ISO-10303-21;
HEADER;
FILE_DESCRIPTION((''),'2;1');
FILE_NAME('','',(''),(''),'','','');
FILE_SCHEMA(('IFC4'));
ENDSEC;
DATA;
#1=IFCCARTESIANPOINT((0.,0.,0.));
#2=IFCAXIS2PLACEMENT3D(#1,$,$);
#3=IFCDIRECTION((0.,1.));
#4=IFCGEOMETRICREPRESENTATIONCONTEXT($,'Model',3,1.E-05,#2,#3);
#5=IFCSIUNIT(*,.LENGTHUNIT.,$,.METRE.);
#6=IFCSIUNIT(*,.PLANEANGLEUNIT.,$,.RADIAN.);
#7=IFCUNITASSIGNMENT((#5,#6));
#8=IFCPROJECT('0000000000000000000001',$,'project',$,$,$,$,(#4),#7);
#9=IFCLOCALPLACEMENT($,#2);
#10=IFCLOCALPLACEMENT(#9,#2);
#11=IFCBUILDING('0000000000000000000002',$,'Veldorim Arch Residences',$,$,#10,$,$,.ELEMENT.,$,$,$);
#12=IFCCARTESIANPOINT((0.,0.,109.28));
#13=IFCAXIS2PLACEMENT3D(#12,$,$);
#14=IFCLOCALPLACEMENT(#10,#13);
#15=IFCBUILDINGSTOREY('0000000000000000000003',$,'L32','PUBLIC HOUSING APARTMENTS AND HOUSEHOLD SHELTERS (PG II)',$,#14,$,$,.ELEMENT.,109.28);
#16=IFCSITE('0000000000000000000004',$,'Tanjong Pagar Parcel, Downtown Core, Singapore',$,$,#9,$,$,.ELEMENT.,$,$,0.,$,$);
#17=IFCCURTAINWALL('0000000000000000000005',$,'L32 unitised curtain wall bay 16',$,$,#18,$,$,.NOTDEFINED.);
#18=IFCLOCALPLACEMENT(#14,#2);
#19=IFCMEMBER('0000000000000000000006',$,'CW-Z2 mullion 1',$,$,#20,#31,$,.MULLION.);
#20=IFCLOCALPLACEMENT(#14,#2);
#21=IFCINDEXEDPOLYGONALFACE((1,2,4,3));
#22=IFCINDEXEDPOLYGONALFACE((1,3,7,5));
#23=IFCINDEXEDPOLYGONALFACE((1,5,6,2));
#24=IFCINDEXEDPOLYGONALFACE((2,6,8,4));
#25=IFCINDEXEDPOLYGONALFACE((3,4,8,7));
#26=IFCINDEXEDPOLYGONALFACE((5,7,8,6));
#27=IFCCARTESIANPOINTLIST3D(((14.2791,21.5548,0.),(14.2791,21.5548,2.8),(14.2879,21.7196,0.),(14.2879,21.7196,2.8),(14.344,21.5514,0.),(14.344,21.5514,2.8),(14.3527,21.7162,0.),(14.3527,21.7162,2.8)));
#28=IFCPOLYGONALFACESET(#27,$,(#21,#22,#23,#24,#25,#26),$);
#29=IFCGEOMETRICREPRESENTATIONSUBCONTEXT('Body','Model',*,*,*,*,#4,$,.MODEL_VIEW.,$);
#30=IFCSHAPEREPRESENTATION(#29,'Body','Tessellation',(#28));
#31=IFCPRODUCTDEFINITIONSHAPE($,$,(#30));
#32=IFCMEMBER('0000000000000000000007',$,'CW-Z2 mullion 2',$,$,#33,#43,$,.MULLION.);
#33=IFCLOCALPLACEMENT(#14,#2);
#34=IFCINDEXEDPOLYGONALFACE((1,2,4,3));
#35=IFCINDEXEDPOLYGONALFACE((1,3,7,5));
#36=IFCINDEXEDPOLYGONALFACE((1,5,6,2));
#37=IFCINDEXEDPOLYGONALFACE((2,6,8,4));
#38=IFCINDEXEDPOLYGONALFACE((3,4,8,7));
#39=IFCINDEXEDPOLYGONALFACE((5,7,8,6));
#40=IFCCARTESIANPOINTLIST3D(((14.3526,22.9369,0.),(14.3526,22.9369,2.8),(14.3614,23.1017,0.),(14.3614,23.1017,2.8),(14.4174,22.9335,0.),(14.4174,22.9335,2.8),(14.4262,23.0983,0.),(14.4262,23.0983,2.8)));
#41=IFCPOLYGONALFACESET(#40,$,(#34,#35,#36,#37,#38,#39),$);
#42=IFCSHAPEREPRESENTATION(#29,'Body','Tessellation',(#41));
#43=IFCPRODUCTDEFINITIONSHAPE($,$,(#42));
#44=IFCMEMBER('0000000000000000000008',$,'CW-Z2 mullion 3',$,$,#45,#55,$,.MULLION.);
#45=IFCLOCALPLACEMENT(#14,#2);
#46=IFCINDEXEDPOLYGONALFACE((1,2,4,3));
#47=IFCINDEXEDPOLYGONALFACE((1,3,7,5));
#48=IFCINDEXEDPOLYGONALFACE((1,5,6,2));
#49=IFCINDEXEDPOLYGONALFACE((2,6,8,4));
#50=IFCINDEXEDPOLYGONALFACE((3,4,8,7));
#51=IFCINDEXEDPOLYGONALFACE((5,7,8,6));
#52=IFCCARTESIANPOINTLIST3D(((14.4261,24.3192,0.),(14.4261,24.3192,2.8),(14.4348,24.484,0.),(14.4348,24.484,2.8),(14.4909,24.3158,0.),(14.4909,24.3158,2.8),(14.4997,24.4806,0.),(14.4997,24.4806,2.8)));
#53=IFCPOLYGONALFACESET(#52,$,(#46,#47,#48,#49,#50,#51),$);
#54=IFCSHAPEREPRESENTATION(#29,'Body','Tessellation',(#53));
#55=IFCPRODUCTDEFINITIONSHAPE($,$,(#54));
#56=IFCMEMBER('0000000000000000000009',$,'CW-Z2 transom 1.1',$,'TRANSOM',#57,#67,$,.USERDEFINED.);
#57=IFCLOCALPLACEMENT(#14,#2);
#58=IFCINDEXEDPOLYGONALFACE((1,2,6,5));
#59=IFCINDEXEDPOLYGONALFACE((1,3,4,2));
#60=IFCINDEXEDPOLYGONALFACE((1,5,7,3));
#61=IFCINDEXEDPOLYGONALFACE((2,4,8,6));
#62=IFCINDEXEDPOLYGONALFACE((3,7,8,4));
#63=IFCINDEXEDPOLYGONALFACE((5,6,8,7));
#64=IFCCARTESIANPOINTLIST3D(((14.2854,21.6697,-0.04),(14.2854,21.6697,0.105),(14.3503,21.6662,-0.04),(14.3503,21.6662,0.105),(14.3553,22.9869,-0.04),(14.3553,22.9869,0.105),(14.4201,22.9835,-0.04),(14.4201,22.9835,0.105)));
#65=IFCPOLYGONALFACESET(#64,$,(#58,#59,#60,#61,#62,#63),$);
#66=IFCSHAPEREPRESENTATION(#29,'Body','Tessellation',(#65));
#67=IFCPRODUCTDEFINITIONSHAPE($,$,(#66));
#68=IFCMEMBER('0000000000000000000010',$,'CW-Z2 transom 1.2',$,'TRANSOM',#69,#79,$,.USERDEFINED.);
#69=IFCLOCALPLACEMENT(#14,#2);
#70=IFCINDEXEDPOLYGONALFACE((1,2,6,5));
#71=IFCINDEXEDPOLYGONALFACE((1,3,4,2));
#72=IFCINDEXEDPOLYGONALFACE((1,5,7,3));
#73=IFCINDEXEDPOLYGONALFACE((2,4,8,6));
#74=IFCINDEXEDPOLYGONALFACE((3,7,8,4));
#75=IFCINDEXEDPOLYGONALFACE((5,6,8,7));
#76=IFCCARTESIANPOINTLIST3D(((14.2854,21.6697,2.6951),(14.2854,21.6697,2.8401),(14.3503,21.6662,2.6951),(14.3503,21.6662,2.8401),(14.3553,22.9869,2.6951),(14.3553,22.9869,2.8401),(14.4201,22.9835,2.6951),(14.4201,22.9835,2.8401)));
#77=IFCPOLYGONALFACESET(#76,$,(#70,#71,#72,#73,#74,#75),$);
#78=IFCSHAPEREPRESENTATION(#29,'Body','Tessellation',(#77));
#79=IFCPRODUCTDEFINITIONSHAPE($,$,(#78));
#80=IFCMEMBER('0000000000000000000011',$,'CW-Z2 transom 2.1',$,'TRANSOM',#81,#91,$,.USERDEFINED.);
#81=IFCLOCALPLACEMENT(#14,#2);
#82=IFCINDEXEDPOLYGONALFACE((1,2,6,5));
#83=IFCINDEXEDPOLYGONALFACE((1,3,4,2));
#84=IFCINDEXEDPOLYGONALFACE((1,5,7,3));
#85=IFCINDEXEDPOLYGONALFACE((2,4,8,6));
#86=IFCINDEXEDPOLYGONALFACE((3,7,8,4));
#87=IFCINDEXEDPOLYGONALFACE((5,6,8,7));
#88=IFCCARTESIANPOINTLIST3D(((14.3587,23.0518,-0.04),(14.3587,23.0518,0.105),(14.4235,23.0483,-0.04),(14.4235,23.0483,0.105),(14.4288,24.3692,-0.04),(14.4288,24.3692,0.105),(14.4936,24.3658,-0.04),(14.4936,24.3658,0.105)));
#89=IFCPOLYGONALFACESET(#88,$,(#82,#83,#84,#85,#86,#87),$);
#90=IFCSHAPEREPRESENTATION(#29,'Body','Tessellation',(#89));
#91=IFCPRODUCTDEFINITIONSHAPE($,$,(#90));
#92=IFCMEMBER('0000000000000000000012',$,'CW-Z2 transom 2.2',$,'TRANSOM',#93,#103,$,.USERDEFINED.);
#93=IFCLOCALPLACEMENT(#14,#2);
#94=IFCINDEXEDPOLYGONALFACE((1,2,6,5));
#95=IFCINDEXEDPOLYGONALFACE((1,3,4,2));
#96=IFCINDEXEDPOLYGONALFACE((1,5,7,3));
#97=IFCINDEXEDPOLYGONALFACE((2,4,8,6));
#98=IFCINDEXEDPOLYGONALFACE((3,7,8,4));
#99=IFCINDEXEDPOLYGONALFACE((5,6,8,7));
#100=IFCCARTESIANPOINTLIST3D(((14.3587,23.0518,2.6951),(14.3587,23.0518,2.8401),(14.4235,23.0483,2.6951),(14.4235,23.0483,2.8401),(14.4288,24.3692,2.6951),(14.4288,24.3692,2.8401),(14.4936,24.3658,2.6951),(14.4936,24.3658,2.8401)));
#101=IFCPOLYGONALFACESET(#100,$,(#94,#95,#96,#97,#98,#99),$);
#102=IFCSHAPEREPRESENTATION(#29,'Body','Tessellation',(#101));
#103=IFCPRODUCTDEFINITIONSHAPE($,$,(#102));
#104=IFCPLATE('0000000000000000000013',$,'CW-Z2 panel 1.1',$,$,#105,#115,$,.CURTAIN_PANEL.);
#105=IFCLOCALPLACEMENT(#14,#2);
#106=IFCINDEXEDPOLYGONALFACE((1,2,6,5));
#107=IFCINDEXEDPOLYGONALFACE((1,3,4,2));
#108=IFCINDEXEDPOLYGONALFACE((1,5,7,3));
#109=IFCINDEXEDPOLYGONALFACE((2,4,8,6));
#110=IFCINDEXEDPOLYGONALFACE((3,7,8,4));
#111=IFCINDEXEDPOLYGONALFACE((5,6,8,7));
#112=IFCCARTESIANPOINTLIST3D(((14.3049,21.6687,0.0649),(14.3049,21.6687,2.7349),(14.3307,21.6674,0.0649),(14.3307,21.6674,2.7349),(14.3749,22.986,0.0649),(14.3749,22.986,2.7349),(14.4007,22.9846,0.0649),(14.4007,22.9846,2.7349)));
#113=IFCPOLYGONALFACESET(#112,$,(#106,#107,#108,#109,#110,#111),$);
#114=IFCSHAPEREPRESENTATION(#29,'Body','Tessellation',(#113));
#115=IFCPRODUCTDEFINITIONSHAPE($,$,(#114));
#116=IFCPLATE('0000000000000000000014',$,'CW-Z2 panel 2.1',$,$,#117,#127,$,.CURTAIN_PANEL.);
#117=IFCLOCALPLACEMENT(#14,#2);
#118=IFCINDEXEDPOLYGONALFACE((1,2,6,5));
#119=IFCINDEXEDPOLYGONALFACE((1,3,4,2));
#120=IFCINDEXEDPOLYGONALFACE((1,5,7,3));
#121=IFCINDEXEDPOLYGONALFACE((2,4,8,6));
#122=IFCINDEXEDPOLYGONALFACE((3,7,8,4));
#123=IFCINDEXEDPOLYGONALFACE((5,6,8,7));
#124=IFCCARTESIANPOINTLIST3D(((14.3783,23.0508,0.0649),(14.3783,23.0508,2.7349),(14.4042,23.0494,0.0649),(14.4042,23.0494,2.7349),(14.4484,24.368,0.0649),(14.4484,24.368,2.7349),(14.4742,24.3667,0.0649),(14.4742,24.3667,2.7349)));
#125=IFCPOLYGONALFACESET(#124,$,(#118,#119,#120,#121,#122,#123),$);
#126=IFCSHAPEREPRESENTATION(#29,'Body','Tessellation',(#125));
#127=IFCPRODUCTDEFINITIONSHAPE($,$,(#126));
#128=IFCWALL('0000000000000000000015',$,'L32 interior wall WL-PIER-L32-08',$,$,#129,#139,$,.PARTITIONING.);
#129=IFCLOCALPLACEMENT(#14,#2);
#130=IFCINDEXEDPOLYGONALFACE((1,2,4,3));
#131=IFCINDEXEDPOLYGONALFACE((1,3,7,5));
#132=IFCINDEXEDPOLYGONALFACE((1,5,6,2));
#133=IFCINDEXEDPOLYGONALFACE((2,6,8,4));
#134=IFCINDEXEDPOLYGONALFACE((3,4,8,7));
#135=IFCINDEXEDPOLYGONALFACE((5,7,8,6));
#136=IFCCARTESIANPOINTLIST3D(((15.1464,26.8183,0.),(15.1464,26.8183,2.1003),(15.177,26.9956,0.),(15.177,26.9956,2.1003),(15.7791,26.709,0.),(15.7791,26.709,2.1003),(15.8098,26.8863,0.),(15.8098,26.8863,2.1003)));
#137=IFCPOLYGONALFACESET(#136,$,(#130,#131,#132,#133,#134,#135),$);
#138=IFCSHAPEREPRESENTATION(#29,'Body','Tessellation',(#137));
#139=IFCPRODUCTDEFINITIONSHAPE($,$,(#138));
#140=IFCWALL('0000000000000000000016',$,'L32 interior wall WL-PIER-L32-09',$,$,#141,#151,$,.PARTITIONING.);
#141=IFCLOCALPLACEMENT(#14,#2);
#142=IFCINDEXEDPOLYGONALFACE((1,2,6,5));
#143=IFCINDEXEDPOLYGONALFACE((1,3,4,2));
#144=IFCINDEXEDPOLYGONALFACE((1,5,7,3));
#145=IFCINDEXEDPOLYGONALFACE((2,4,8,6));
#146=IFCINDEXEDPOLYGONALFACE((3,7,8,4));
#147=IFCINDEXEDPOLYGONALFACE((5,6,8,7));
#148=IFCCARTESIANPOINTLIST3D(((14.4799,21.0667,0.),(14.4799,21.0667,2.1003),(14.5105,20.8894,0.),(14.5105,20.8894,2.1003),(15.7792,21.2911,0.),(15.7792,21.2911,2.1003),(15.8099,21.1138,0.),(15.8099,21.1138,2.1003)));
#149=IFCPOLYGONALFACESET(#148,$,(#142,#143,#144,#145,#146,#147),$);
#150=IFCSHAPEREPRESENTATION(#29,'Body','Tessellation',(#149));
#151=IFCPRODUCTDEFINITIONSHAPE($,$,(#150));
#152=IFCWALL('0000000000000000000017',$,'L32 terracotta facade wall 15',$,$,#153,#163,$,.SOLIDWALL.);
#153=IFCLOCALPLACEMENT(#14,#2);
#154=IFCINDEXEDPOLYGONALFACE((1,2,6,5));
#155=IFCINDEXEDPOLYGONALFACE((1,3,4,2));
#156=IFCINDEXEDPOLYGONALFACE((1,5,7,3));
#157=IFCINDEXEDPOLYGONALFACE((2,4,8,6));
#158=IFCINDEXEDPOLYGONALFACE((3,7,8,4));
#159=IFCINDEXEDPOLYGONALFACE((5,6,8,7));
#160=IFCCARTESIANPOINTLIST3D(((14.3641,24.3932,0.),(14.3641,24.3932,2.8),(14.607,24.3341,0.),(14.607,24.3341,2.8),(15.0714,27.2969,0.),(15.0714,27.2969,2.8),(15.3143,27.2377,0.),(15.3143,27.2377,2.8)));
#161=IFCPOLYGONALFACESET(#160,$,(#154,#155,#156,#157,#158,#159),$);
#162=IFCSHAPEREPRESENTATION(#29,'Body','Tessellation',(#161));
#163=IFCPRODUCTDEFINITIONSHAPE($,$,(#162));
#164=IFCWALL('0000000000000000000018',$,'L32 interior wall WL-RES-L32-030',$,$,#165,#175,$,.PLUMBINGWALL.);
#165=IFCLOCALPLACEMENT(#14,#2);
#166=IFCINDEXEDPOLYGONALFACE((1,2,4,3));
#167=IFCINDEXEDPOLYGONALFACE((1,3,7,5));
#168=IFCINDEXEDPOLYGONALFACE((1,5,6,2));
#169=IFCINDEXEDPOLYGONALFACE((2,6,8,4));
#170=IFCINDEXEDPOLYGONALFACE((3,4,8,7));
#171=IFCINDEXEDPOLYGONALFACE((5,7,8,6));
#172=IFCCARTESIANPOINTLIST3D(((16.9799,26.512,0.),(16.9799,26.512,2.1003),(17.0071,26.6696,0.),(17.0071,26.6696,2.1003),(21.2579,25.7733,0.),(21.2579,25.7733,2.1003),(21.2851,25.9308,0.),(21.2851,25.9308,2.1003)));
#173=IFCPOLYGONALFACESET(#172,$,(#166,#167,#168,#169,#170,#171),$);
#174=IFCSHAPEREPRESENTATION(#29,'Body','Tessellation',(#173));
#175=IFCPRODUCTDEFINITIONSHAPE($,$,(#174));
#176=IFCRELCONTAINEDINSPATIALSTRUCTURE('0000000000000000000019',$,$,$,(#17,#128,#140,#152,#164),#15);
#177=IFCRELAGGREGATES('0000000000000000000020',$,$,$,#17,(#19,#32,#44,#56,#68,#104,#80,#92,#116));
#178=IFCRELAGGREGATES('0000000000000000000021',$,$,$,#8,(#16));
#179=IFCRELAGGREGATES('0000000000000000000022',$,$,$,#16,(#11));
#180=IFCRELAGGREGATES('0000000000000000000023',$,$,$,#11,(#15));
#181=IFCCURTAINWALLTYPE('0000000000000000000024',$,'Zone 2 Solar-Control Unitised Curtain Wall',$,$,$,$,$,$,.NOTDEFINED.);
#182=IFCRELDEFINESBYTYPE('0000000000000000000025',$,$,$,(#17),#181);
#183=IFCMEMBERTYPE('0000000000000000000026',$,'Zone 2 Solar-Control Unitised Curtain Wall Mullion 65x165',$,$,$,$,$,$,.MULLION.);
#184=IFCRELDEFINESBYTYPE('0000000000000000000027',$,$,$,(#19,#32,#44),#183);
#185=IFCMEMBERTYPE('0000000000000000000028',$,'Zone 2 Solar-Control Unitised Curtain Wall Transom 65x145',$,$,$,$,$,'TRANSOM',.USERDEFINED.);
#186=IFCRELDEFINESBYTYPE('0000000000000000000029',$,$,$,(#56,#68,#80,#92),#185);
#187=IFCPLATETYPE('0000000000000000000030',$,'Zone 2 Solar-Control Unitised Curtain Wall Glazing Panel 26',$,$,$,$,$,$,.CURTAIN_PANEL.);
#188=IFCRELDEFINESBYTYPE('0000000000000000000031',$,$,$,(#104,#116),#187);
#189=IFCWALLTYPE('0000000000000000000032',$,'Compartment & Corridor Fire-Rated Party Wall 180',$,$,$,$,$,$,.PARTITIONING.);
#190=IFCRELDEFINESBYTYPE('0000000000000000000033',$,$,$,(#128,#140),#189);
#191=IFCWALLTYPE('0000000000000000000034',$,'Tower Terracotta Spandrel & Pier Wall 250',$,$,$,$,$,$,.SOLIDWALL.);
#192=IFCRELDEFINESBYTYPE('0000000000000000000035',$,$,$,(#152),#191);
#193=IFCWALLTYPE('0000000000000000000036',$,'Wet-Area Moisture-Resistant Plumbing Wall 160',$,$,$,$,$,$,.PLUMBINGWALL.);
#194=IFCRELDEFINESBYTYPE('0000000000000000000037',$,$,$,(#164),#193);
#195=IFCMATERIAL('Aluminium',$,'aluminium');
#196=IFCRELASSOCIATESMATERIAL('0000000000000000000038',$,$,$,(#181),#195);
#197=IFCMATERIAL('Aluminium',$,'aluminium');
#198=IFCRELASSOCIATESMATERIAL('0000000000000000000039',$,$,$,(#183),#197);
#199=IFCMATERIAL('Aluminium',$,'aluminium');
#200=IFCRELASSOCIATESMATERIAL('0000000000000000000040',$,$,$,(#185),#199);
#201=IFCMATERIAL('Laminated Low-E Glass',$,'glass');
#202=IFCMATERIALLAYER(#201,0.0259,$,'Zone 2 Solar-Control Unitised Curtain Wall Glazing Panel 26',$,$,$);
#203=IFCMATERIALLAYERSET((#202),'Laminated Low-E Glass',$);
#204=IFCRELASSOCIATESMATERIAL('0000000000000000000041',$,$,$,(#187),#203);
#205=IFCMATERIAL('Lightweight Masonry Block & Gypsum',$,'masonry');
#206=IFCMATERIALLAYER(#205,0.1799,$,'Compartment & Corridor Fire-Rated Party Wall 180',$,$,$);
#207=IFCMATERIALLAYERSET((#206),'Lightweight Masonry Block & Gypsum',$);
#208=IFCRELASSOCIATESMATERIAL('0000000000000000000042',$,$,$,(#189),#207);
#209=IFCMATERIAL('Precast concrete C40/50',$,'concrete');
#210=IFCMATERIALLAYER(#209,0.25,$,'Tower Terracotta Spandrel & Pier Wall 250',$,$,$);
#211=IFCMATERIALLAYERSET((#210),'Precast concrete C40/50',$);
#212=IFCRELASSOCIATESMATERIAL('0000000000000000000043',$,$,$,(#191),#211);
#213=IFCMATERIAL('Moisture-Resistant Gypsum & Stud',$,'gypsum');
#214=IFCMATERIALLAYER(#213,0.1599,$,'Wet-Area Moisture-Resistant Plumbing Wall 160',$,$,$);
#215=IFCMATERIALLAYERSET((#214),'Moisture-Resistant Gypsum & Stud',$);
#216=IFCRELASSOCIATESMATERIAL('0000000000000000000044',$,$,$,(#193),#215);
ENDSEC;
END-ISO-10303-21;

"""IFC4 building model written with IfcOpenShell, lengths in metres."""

from ifc_helpers import new_model, si_unit, direction, frame, frame_2d, origin, origin_2d, place, context, subcontext, project, spatial, rectangle, extrude, material, layer, layer_set, material_profile, profile_set, type_object, element, aggregate, save


model = new_model("IFC4")

# Units and contexts
model_context = context("Model", 3, precision=1e-05, world=origin(), true_north=direction((0.0, 1.0)))
body_context = subcontext(model_context, "Body", "Model", "MODEL_VIEW")
ifc_project = project(units=[si_unit("LENGTHUNIT", "METRE"), si_unit("PLANEANGLEUNIT", "RADIAN")], contexts=[model_context])

# Site, building, storey
site_placement = place(None, origin())
site = spatial("IfcSite", under=ifc_project, at=site_placement, Name="Tanjong Pagar Parcel, Downtown Core, Singapore", CompositionType="ELEMENT", RefElevation=0.0)
building_placement = place(site_placement, origin())
building = spatial("IfcBuilding", under=site, at=building_placement, Name="Veldorim Arch Residences", CompositionType="ELEMENT")
storey_placement = place(building_placement, frame((0.0, 0.0, 109.28)))
storey = spatial("IfcBuildingStorey", under=building, at=storey_placement, Name="L32", Description="PUBLIC HOUSING APARTMENTS AND HOUSEHOLD SHELTERS (PG II)", CompositionType="ELEMENT", Elevation=109.28)

# Curtain wall, members, plates
ifc_material_1 = material(Name="Aluminium", Category="aluminium")
curtain_wall_type = type_object("IfcCurtainWallType", Name="Zone 2 Solar-Control Unitised Curtain Wall", PredefinedType="NOTDEFINED", material=ifc_material_1)
curtain_wall_placement = place(storey_placement, origin())
curtain_wall = element("IfcCurtainWall", 1, at=curtain_wall_placement, inside=storey, type_object=curtain_wall_type, Name="L32 unitised curtain wall bay 16", PredefinedType="NOTDEFINED")
ifc_material_2 = material(Name="Aluminium", Category="aluminium")
ifc_material_profile_1 = material_profile(ifc_material_2, rectangle(XDim=0.0649, YDim=0.165, at=origin_2d()), Name="ALU_MUL_65x165")
ifc_profile_set_1 = profile_set([ifc_material_profile_1], Name="Aluminium")
member_type_1 = type_object("IfcMemberType", Name="Zone 2 Solar-Control Unitised Curtain Wall Mullion 65x165", PredefinedType="MULLION", material=ifc_profile_set_1)
member_1_placement = place(storey_placement, frame((14.3159, 21.6355, 0.0), z_axis=(0.0, 0.0, 1.0), x_axis=(-0.99859, 0.053083, 0.0)))
member_1 = element("IfcMember", 2, at=member_1_placement, type_object=member_type_1, Name="CW-Z2 mullion 1", PredefinedType="MULLION", context=body_context, shape_type="SweptSolid", body=[
    extrude(rectangle(XDim=0.0649, YDim=0.165, at=origin_2d()), origin(), (0.0, 0.0, 1.0), 2.8),
])
member_2_placement = place(storey_placement, frame((14.3894, 23.0176, 0.0), z_axis=(0.0, 0.0, 1.0), x_axis=(-0.99859, 0.053083, 0.0)))
member_2 = element("IfcMember", 3, at=member_2_placement, type_object=member_type_1, Name="CW-Z2 mullion 2", PredefinedType="MULLION", context=body_context, shape_type="SweptSolid", body=[
    extrude(rectangle(XDim=0.0649, YDim=0.165, at=origin_2d()), origin(), (0.0, 0.0, 1.0), 2.8),
])
member_3_placement = place(storey_placement, frame((14.4629, 24.3999, 0.0), z_axis=(0.0, 0.0, 1.0), x_axis=(-0.99859, 0.053083, 0.0)))
member_3 = element("IfcMember", 4, at=member_3_placement, type_object=member_type_1, Name="CW-Z2 mullion 3", PredefinedType="MULLION", context=body_context, shape_type="SweptSolid", body=[
    extrude(rectangle(XDim=0.0649, YDim=0.165, at=origin_2d()), origin(), (0.0, 0.0, 1.0), 2.8),
])
ifc_material_3 = material(Name="Aluminium", Category="aluminium")
ifc_material_profile_2 = material_profile(ifc_material_3, rectangle(XDim=0.0649, YDim=0.145, at=origin_2d()), Name="ALU_TRN_65x145")
ifc_profile_set_2 = profile_set([ifc_material_profile_2], Name="Aluminium")
member_type_2 = type_object("IfcMemberType", Name="Zone 2 Solar-Control Unitised Curtain Wall Transom 65x145", ElementType="TRANSOM", PredefinedType="USERDEFINED", material=ifc_profile_set_2)
member_4_placement = place(storey_placement, frame((14.3179, 21.668, 0.0325), z_axis=(0.052938, 0.998598, 0.0), x_axis=(-0.998598, 0.052938, 0.0)))
member_4 = element("IfcMember", 5, at=member_4_placement, type_object=member_type_2, Name="CW-Z2 transom 1.1", ObjectType="TRANSOM", PredefinedType="USERDEFINED", context=body_context, shape_type="SweptSolid", body=[
    extrude(rectangle(XDim=0.0649, YDim=0.145, at=origin_2d()), origin(), (0.0, 0.0, 1.0), 1.3191),
])
member_5_placement = place(storey_placement, frame((14.3179, 21.668, 2.7676), z_axis=(0.052938, 0.998598, 0.0), x_axis=(-0.998598, 0.052938, 0.0)))
member_5 = element("IfcMember", 6, at=member_5_placement, type_object=member_type_2, Name="CW-Z2 transom 1.2", ObjectType="TRANSOM", PredefinedType="USERDEFINED", context=body_context, shape_type="SweptSolid", body=[
    extrude(rectangle(XDim=0.0649, YDim=0.145, at=origin_2d()), origin(), (0.0, 0.0, 1.0), 1.3191),
])
member_6_placement = place(storey_placement, frame((14.3911, 23.05, 0.0325), z_axis=(0.053112, 0.998589, 0.0), x_axis=(-0.998589, 0.053112, 0.0)))
member_6 = element("IfcMember", 7, at=member_6_placement, type_object=member_type_2, Name="CW-Z2 transom 2.1", ObjectType="TRANSOM", PredefinedType="USERDEFINED", context=body_context, shape_type="SweptSolid", body=[
    extrude(rectangle(XDim=0.0649, YDim=0.145, at=origin_2d()), origin(), (0.0, 0.0, 1.0), 1.3193),
])
member_7_placement = place(storey_placement, frame((14.3911, 23.05, 2.7676), z_axis=(0.053112, 0.998589, 0.0), x_axis=(-0.998589, 0.053112, 0.0)))
member_7 = element("IfcMember", 8, at=member_7_placement, type_object=member_type_2, Name="CW-Z2 transom 2.2", ObjectType="TRANSOM", PredefinedType="USERDEFINED", context=body_context, shape_type="SweptSolid", body=[
    extrude(rectangle(XDim=0.0649, YDim=0.145, at=origin_2d()), origin(), (0.0, 0.0, 1.0), 1.3193),
])
ifc_material_4 = material(Name="Laminated Low-E Glass", Category="glass")
ifc_layer_1 = layer(ifc_material_4, 0.0259, Name="Zone 2 Solar-Control Unitised Curtain Wall Glazing Panel 26")
ifc_layer_set_1 = layer_set([ifc_layer_1], Name="Laminated Low-E Glass")
plate_type = type_object("IfcPlateType", Name="Zone 2 Solar-Control Unitised Curtain Wall Glazing Panel 26", PredefinedType="CURTAIN_PANEL", material=ifc_layer_set_1)
plate_1_placement = place(storey_placement, frame((14.3528, 22.3267, 0.0649), z_axis=(0.0, 0.0, 1.0), x_axis=(0.053083, 0.99859, 0.0)))
plate_1 = element("IfcPlate", 9, at=plate_1_placement, type_object=plate_type, Name="CW-Z2 panel 1.1", PredefinedType="CURTAIN_PANEL", context=body_context, shape_type="SweptSolid", body=[
    extrude(rectangle(XDim=1.3191, YDim=0.0259, at=origin_2d()), origin(), (0.0, 0.0, 1.0), 2.6699),
])
plate_2_placement = place(storey_placement, frame((14.4263, 23.7087, 0.0649), z_axis=(0.0, 0.0, 1.0), x_axis=(0.053083, 0.99859, 0.0)))
plate_2 = element("IfcPlate", 10, at=plate_2_placement, type_object=plate_type, Name="CW-Z2 panel 2.1", PredefinedType="CURTAIN_PANEL", context=body_context, shape_type="SweptSolid", body=[
    extrude(rectangle(XDim=1.3191, YDim=0.0259, at=origin_2d()), origin(), (0.0, 0.0, 1.0), 2.6699),
])
aggregate(curtain_wall, [member_1, member_2, member_3, member_4, member_5, plate_1, member_6, member_7, plate_2])

# Walls
ifc_material_5 = material(Name="Lightweight Masonry Block & Gypsum", Category="masonry")
ifc_layer_2 = layer(ifc_material_5, 0.1799, Name="Compartment & Corridor Fire-Rated Party Wall 180")
ifc_layer_set_2 = layer_set([ifc_layer_2], Name="Lightweight Masonry Block & Gypsum")
wall_type_1 = type_object("IfcWallType", Name="Compartment & Corridor Fire-Rated Party Wall 180", PredefinedType="PARTITIONING", material=ifc_layer_set_2)
wall_1_placement = place(storey_placement, frame((15.7944, 26.7976, 0.0), z_axis=(0.0, 0.0, 1.0), x_axis=(-0.98539, 0.170314, 0.0)))
element("IfcWall", 11, at=wall_1_placement, inside=storey, type_object=wall_type_1, Name="L32 interior wall WL-PIER-L32-08", PredefinedType="PARTITIONING", context=body_context, shape_type="SweptSolid", body=[
    extrude(rectangle(XDim=0.6421, YDim=0.1799, at=frame_2d((0.321, 0.0))), origin(), (0.0, 0.0, 1.0), 2.1003),
])
wall_2_placement = place(storey_placement, frame((15.7944, 21.2024, 0.0), z_axis=(0.0, 0.0, 1.0), x_axis=(-0.985416, -0.170161, 0.0)))
element("IfcWall", 12, at=wall_2_placement, inside=storey, type_object=wall_type_1, Name="L32 interior wall WL-PIER-L32-09", PredefinedType="PARTITIONING", context=body_context, shape_type="SweptSolid", body=[
    extrude(rectangle(XDim=1.3186, YDim=0.1799, at=frame_2d((0.6592, 0.0))), origin(), (0.0, 0.0, 1.0), 2.1003),
])
ifc_material_6 = material(Name="Precast concrete C40/50", Category="concrete")
ifc_layer_3 = layer(ifc_material_6, 0.25, Name="Tower Terracotta Spandrel & Pier Wall 250")
ifc_layer_set_3 = layer_set([ifc_layer_3], Name="Precast concrete C40/50")
wall_type_2 = type_object("IfcWallType", Name="Tower Terracotta Spandrel & Pier Wall 250", PredefinedType="SOLIDWALL", material=ifc_layer_set_3)
wall_3_placement = place(storey_placement, frame((14.4856, 24.3638, 0.0), z_axis=(0.0, 0.0, 1.0), x_axis=(0.236668, 0.97159, 0.0)))
element("IfcWall", 13, at=wall_3_placement, inside=storey, type_object=wall_type_2, Name="L32 terracotta facade wall 15", PredefinedType="SOLIDWALL", context=body_context, shape_type="SweptSolid", body=[
    extrude(rectangle(XDim=2.9885, YDim=0.25, at=frame_2d((1.4941, 0.0))), origin(), (0.0, 0.0, 1.0), 2.8),
])
ifc_material_7 = material(Name="Moisture-Resistant Gypsum & Stud", Category="gypsum")
ifc_layer_4 = layer(ifc_material_7, 0.1599, Name="Wet-Area Moisture-Resistant Plumbing Wall 160")
ifc_layer_set_4 = layer_set([ifc_layer_4], Name="Moisture-Resistant Gypsum & Stud")
wall_type_3 = type_object("IfcWallType", Name="Wet-Area Moisture-Resistant Plumbing Wall 160", PredefinedType="PLUMBINGWALL", material=ifc_layer_set_4)
wall_4_placement = place(storey_placement, frame((21.2715, 25.8521, 0.0), z_axis=(0.0, 0.0, 1.0), x_axis=(-0.985415, 0.170169, 0.0)))
element("IfcWall", 14, at=wall_4_placement, inside=storey, type_object=wall_type_3, Name="L32 interior wall WL-RES-L32-030", PredefinedType="PLUMBINGWALL", context=body_context, shape_type="SweptSolid", body=[
    extrude(rectangle(XDim=4.3413, YDim=0.1599, at=frame_2d((2.1707, 0.0))), origin(), (0.0, 0.0, 1.0), 2.1003),
])

save(model, "model.ifc")
